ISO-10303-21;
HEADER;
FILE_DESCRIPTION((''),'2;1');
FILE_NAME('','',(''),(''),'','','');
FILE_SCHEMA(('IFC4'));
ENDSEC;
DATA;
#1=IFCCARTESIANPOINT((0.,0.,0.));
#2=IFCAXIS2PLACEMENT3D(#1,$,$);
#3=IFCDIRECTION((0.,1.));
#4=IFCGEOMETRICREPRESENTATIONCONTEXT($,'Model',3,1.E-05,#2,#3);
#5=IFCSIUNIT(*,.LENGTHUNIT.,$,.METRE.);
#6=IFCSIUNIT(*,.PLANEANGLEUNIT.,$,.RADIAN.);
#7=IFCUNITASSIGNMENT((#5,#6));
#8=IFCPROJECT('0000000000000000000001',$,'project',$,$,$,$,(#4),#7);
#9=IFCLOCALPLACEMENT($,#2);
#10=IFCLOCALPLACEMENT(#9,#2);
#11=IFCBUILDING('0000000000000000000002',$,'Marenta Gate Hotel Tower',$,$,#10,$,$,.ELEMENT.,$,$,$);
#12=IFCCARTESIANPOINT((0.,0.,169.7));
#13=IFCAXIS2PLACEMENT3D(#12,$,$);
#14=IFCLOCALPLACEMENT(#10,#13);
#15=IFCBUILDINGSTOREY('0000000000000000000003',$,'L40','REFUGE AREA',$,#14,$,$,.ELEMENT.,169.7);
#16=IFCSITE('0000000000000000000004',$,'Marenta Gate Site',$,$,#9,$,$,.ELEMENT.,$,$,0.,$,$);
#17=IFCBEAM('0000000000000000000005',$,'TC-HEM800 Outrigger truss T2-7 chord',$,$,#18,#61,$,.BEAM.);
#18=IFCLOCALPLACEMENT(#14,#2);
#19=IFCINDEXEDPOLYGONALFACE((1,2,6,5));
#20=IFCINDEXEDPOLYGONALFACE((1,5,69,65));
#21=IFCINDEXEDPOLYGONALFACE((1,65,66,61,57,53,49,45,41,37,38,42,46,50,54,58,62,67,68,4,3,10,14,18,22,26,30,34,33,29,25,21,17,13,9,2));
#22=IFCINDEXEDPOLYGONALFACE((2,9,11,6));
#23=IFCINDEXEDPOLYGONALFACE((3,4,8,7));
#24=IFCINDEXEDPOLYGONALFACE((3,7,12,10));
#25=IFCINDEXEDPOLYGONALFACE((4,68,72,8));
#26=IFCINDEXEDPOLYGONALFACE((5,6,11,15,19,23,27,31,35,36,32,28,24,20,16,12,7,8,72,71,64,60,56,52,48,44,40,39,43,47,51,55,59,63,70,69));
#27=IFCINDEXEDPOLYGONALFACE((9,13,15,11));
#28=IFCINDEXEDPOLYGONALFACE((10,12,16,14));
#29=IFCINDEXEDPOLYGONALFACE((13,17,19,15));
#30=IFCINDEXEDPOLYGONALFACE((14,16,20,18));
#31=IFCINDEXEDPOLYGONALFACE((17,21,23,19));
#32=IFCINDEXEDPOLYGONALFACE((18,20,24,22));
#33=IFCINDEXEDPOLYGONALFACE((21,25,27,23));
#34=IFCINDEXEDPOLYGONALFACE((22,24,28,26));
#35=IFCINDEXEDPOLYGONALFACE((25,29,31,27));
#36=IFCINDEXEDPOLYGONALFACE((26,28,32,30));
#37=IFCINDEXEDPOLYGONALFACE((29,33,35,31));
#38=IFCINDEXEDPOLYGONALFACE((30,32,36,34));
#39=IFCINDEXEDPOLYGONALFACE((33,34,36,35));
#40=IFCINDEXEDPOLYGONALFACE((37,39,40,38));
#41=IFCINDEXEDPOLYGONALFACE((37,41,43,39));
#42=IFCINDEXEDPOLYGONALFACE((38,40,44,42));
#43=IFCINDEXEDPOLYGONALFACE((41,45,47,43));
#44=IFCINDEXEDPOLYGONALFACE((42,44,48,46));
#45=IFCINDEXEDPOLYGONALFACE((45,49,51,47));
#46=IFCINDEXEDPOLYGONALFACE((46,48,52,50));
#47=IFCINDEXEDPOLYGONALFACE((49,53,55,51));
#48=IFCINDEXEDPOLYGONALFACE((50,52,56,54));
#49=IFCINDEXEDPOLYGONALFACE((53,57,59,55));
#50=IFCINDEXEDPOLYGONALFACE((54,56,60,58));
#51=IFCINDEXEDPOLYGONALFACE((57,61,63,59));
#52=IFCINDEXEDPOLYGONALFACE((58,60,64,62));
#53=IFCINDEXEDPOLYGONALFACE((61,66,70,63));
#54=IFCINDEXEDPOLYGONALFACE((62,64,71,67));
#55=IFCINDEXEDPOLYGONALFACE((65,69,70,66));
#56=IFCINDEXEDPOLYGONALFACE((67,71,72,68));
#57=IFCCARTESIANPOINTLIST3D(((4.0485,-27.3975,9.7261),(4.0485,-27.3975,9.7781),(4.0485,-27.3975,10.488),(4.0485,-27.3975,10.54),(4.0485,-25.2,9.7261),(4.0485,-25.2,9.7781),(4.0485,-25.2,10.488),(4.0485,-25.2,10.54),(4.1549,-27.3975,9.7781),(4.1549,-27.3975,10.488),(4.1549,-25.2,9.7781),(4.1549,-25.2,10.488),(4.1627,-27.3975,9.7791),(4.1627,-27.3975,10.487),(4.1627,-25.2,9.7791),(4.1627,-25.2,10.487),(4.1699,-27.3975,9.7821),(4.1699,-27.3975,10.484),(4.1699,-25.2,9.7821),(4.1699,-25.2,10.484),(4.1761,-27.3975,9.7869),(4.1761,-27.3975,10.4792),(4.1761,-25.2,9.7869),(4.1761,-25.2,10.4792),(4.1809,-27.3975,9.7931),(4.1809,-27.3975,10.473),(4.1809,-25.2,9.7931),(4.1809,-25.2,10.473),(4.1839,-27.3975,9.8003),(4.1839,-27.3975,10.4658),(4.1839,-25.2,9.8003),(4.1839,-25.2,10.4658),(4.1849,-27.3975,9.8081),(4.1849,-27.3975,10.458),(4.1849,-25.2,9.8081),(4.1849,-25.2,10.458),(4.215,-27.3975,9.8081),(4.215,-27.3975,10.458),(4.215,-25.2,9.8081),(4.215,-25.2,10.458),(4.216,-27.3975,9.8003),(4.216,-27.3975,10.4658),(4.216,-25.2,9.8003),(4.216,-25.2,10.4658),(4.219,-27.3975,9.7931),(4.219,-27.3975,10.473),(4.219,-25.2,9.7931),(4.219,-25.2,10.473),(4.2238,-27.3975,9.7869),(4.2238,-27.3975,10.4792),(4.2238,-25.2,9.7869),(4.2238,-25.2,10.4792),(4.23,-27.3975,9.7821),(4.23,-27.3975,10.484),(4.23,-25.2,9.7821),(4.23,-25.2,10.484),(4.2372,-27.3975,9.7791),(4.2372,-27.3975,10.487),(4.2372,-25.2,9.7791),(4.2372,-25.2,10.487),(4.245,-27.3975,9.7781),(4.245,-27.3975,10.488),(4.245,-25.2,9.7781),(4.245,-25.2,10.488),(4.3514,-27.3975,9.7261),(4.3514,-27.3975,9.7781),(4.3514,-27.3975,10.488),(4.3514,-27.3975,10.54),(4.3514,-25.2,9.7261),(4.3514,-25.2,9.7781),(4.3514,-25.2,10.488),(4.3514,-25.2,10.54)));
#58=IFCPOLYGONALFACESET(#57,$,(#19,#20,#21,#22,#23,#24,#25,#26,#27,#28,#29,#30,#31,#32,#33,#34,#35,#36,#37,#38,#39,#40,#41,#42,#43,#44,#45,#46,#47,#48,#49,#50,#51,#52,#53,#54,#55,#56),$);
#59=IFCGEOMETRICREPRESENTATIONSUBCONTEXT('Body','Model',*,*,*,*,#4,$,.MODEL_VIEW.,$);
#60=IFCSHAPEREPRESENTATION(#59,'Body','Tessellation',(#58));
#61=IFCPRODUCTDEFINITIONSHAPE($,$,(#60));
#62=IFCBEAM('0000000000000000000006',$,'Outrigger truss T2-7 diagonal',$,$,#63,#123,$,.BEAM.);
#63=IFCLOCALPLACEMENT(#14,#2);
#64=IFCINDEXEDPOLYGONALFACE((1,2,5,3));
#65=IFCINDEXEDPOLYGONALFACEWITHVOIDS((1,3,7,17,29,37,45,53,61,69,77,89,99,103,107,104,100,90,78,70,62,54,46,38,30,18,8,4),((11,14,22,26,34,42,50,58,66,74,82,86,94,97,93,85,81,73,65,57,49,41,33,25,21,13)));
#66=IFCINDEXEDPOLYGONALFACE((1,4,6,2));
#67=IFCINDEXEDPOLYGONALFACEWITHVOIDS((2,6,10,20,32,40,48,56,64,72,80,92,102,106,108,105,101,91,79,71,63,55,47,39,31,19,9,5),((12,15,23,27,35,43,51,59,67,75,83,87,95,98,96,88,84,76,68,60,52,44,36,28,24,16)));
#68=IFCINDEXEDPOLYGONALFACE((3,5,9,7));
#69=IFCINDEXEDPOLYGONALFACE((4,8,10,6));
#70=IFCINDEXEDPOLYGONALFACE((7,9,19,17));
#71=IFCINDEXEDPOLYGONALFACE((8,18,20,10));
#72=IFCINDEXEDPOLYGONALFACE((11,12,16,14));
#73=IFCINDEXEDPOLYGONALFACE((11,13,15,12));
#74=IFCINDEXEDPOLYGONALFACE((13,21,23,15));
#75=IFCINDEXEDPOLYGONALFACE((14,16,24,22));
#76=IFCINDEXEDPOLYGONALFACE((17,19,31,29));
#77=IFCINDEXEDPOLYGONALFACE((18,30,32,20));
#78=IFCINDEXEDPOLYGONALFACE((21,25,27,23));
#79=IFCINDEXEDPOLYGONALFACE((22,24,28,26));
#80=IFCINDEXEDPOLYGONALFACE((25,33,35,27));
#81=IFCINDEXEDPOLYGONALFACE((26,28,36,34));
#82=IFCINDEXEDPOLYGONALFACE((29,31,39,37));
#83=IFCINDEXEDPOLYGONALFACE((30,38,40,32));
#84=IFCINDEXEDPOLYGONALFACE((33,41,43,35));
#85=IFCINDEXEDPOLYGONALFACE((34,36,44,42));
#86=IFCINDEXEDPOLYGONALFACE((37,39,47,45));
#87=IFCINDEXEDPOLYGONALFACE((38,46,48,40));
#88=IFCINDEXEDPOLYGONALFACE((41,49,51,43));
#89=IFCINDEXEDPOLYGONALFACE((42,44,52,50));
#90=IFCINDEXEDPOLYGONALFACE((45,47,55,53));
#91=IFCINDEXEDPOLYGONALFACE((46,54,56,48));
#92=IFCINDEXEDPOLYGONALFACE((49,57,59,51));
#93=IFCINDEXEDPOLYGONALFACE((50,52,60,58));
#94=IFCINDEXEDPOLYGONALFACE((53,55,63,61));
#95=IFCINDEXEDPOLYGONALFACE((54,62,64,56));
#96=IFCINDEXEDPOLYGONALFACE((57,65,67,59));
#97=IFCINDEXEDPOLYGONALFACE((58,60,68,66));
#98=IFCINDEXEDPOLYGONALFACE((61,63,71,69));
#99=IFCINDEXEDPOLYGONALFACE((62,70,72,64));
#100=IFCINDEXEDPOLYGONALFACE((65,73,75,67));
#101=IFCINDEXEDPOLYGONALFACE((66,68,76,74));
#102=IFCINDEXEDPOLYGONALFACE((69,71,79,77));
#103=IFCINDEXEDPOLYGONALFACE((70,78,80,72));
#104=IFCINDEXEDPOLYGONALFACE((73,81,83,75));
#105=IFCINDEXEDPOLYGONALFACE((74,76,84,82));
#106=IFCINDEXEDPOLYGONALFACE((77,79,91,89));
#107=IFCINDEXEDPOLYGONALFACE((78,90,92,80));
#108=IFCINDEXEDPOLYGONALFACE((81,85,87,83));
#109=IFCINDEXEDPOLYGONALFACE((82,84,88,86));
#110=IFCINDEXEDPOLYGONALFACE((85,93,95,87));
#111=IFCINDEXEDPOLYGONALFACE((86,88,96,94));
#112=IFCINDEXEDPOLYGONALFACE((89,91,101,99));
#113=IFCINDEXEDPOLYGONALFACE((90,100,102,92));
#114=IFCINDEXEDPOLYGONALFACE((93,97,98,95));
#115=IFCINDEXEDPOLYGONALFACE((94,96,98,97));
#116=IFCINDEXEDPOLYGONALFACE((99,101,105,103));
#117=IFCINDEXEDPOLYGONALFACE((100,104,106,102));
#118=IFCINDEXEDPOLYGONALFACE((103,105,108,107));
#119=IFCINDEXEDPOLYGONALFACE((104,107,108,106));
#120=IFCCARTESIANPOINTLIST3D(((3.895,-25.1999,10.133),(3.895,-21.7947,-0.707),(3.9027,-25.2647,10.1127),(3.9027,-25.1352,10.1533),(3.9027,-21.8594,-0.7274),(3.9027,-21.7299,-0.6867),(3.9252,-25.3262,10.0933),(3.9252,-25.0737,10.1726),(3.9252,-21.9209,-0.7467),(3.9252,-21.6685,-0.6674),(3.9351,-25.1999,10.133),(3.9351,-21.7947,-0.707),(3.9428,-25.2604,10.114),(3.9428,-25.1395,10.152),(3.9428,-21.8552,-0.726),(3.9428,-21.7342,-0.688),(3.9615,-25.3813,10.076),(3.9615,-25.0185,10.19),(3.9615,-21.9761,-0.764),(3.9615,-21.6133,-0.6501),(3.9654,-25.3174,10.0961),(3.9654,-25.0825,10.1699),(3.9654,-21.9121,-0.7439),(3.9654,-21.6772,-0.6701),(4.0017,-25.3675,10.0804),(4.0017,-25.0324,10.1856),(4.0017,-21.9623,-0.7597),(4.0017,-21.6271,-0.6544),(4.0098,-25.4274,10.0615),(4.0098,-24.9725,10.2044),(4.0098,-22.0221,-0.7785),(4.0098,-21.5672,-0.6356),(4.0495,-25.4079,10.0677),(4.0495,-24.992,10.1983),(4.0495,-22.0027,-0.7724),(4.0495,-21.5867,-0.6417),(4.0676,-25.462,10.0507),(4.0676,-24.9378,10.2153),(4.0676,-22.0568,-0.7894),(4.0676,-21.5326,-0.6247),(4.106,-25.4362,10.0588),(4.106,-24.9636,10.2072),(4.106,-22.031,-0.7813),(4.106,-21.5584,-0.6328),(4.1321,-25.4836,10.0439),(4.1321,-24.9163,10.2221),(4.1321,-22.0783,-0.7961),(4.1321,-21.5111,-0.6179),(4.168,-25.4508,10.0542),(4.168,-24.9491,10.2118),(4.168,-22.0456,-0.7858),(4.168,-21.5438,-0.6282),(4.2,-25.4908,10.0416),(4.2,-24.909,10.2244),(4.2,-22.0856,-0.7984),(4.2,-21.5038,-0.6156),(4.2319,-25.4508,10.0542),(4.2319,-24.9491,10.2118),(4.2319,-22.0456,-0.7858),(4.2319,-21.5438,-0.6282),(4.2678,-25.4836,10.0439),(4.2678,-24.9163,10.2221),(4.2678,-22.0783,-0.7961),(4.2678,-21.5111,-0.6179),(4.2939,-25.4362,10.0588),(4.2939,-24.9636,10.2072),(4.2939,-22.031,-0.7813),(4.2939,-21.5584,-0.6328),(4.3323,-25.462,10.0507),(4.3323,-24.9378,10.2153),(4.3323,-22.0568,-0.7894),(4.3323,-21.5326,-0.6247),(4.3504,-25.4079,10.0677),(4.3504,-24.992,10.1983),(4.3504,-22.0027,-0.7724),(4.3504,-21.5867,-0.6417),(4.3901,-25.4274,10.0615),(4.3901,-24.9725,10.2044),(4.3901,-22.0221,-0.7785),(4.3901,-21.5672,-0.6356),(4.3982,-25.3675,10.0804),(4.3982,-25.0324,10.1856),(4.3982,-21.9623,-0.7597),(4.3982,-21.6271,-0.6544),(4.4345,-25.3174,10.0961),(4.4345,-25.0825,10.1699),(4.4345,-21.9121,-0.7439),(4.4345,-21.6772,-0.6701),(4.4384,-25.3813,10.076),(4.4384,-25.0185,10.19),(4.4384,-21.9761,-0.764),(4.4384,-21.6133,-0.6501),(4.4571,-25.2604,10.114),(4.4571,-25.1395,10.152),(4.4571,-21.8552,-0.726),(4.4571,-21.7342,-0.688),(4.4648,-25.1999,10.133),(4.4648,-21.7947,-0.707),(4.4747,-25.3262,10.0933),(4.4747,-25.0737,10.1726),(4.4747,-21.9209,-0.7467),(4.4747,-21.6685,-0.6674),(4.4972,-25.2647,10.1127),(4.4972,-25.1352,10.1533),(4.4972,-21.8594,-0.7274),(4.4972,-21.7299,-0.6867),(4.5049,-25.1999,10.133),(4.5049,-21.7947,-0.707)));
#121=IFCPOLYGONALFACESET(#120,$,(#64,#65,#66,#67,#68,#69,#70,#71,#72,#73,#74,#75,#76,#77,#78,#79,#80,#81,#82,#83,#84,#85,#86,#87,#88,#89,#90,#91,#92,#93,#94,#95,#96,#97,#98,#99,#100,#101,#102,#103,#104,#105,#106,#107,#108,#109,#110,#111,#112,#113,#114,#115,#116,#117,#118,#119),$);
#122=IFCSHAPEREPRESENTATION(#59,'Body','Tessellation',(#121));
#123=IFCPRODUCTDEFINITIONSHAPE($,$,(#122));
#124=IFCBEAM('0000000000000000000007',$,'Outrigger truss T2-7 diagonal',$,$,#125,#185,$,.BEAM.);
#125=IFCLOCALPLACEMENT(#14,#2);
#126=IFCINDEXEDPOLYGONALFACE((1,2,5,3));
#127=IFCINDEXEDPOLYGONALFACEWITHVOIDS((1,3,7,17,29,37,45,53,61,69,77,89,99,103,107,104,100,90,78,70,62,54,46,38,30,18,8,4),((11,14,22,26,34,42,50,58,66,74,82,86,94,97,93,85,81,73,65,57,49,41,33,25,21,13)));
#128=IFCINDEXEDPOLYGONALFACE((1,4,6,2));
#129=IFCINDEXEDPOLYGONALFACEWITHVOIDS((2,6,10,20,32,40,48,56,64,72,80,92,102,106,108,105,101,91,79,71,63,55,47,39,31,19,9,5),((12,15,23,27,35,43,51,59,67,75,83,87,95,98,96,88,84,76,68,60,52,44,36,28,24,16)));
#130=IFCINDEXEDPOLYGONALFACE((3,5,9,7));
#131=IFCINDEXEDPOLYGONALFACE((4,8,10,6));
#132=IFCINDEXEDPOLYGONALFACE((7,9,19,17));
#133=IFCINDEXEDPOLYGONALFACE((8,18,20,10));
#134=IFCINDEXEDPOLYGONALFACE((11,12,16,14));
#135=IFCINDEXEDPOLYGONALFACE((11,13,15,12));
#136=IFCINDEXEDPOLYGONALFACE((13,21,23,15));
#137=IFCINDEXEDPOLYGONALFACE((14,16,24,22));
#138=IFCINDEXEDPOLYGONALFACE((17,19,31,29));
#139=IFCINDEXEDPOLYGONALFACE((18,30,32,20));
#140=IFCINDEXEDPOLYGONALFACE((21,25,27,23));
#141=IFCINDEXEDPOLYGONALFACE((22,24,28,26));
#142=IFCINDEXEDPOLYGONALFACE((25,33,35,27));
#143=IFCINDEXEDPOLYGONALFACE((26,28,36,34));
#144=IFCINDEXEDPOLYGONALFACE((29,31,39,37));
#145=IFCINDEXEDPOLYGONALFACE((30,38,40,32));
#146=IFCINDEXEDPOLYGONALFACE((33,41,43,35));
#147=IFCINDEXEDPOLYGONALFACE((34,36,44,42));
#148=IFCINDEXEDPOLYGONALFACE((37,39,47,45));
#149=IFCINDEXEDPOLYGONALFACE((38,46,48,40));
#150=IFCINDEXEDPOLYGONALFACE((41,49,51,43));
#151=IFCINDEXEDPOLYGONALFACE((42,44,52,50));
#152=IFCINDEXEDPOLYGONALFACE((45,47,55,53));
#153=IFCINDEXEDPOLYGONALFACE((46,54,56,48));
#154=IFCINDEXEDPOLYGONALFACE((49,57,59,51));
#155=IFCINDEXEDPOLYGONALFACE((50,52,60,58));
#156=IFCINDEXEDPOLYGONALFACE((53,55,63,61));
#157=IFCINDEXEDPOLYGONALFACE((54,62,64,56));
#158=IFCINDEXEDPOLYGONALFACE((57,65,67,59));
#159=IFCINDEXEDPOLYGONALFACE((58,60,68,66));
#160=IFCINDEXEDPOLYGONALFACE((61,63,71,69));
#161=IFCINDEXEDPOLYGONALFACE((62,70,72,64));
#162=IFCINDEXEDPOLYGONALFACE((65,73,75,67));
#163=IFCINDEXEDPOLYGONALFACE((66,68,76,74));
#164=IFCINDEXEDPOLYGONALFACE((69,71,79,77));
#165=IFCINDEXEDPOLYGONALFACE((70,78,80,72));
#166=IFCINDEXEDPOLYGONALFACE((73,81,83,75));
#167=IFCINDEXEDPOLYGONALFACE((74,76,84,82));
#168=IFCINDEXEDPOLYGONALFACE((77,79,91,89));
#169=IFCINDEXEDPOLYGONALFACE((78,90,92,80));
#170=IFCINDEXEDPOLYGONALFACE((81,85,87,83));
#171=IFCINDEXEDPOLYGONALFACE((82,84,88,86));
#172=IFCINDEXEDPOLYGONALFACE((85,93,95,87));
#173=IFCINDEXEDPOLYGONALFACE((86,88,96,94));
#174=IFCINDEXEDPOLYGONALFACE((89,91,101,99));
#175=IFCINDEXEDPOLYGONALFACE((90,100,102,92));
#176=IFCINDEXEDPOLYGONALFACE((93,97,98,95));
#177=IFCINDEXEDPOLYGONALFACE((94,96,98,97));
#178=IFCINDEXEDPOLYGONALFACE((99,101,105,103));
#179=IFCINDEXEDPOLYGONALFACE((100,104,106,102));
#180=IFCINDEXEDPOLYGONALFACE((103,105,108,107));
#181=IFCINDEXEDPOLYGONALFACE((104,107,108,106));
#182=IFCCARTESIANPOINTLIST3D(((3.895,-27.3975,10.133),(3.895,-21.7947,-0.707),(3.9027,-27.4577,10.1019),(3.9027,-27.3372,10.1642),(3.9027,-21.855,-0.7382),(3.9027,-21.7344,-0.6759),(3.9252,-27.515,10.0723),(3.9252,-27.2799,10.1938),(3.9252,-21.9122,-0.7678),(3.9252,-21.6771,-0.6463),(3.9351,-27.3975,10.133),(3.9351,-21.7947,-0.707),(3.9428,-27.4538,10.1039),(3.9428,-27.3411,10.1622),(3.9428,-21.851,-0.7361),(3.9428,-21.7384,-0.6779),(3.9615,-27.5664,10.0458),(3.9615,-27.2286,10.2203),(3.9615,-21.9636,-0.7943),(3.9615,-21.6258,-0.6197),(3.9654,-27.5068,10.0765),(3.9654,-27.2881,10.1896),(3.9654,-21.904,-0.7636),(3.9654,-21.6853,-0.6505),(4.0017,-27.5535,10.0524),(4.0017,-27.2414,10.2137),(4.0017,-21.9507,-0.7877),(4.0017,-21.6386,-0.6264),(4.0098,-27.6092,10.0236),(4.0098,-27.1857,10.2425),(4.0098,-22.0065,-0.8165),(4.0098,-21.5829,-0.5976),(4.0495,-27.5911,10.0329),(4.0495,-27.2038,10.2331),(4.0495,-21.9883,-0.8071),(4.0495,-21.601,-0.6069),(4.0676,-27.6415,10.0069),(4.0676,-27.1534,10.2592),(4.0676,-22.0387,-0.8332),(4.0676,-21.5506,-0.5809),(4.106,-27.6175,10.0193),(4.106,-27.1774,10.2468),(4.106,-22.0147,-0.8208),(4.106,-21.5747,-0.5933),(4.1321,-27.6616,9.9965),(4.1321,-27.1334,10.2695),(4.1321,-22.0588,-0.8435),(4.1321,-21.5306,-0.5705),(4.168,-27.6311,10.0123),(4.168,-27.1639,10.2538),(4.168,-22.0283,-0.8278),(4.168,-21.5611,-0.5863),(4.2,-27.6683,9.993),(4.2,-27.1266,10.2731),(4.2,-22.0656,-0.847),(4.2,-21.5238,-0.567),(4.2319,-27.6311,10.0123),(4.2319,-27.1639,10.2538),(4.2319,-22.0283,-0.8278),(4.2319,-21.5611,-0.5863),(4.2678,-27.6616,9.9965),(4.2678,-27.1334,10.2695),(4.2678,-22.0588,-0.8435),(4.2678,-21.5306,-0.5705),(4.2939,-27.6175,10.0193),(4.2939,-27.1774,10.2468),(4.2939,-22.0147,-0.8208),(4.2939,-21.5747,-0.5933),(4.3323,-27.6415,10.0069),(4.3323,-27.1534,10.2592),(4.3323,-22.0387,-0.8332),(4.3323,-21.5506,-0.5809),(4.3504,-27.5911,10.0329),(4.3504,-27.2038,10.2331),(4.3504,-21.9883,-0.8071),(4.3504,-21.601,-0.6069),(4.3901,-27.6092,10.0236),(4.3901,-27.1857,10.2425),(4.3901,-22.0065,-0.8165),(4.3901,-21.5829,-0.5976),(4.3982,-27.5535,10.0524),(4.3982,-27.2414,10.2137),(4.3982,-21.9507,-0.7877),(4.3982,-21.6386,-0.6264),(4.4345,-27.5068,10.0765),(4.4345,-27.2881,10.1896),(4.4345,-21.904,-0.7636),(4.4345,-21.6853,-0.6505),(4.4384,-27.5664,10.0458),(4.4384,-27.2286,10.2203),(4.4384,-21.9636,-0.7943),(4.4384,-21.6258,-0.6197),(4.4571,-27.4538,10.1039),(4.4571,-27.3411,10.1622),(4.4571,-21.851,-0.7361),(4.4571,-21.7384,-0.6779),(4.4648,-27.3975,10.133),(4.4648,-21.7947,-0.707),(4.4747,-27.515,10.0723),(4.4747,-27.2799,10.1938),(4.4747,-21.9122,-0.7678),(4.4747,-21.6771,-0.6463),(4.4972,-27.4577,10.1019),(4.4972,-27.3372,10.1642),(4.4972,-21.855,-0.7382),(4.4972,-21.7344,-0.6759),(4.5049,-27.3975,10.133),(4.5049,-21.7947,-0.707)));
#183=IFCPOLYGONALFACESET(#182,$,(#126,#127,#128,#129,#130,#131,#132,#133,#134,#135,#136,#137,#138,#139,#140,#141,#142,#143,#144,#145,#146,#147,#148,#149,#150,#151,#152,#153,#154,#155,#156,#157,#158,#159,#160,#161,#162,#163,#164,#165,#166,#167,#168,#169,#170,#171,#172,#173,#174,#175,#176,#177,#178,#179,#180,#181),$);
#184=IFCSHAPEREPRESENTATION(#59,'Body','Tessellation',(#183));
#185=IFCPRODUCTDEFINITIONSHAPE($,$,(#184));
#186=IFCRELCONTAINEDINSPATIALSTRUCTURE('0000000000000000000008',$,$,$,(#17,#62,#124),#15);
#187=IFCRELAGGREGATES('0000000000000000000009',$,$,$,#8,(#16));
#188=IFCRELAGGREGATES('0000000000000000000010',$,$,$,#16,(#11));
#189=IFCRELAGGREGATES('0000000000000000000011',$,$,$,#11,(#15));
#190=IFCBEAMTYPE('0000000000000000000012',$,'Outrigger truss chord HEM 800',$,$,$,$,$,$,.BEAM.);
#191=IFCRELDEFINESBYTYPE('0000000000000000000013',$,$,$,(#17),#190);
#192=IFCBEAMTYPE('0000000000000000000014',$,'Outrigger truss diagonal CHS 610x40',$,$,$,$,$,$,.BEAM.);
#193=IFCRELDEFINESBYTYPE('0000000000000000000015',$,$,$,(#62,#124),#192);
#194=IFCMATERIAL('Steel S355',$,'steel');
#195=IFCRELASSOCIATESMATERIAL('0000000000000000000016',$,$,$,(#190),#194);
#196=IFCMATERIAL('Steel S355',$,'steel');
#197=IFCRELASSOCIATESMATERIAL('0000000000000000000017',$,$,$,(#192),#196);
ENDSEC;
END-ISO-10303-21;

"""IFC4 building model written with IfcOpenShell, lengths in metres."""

from ifc_helpers import new_model, si_unit, direction, frame, origin, origin_2d, place, context, subcontext, project, spatial, hollow_circle, i_section, extrude, material, material_profile, profile_set, type_object, element, save


model = new_model("IFC4")

# Units and contexts
model_context = context("Model", 3, precision=1e-05, world=origin(), true_north=direction((0.0, 1.0)))
body_context = subcontext(model_context, "Body", "Model", "MODEL_VIEW")
ifc_project = project(units=[si_unit("LENGTHUNIT", "METRE"), si_unit("PLANEANGLEUNIT", "RADIAN")], contexts=[model_context])

# Site, building, storey
site_placement = place(None, origin())
site = spatial("IfcSite", under=ifc_project, at=site_placement, Name="Marenta Gate Site", CompositionType="ELEMENT", RefElevation=0.0)
building_placement = place(site_placement, origin())
building = spatial("IfcBuilding", under=site, at=building_placement, Name="Marenta Gate Hotel Tower", CompositionType="ELEMENT")
storey_placement = place(building_placement, frame((0.0, 0.0, 169.7)))
storey = spatial("IfcBuildingStorey", under=building, at=storey_placement, Name="L40", Description="REFUGE AREA", CompositionType="ELEMENT", Elevation=169.7)

# Beams
ifc_material_1 = material(Name="Steel S355", Category="steel")
ifc_material_profile_1 = material_profile(ifc_material_1, i_section(OverallWidth=0.303, OverallDepth=0.814, WebThickness=0.03, FlangeThickness=0.052, FilletRadius=0.03, at=origin_2d()), Name="HEM 800")
ifc_profile_set_1 = profile_set([ifc_material_profile_1], Name="Steel S355")
beam_type_1 = type_object("IfcBeamType", Name="Outrigger truss chord HEM 800", PredefinedType="BEAM", material=ifc_profile_set_1)
beam_1_placement = place(storey_placement, frame((4.2, -25.2, 10.1331), z_axis=(0.0, -1.0, 0.0), x_axis=(1.0, 0.0, 0.0)))
element("IfcBeam", 1, at=beam_1_placement, inside=storey, type_object=beam_type_1, Name="TC-HEM800 Outrigger truss T2-7 chord", PredefinedType="BEAM", context=body_context, shape_type="SweptSolid", body=[
    extrude(i_section(OverallWidth=0.303, OverallDepth=0.814, WebThickness=0.03, FlangeThickness=0.052, FilletRadius=0.03, at=origin_2d()), origin(), (0.0, 0.0, 1.0), 2.1975),
])
ifc_material_2 = material(Name="Steel S355", Category="steel")
ifc_material_profile_2 = material_profile(ifc_material_2, hollow_circle(Radius=0.3049, WallThickness=0.04, at=origin_2d()), Name="CHS 610x40")
ifc_profile_set_2 = profile_set([ifc_material_profile_2], Name="Steel S355")
beam_type_2 = type_object("IfcBeamType", Name="Outrigger truss diagonal CHS 610x40", PredefinedType="BEAM", material=ifc_profile_set_2)
beam_2_placement = place(storey_placement, frame((4.2, -21.7947, -0.707), z_axis=(0.0, -0.299698, 0.954034), x_axis=(1.0, 0.0, 0.0)))
element("IfcBeam", 2, at=beam_2_placement, inside=storey, type_object=beam_type_2, Name="Outrigger truss T2-7 diagonal", PredefinedType="BEAM", context=body_context, shape_type="SweptSolid", body=[
    extrude(hollow_circle(Radius=0.3049, WallThickness=0.04, at=origin_2d()), origin(), (0.0, 0.0, 1.0), 11.3623),
])
beam_3_placement = place(storey_placement, frame((4.2, -21.7947, -0.707), z_axis=(0.0, -0.459154, 0.888357), x_axis=(1.0, 0.0, 0.0)))
element("IfcBeam", 3, at=beam_3_placement, inside=storey, type_object=beam_type_2, Name="Outrigger truss T2-7 diagonal", PredefinedType="BEAM", context=body_context, shape_type="SweptSolid", body=[
    extrude(hollow_circle(Radius=0.3049, WallThickness=0.04, at=origin_2d()), origin(), (0.0, 0.0, 1.0), 12.2024),
])

save(model, "model.ifc")
